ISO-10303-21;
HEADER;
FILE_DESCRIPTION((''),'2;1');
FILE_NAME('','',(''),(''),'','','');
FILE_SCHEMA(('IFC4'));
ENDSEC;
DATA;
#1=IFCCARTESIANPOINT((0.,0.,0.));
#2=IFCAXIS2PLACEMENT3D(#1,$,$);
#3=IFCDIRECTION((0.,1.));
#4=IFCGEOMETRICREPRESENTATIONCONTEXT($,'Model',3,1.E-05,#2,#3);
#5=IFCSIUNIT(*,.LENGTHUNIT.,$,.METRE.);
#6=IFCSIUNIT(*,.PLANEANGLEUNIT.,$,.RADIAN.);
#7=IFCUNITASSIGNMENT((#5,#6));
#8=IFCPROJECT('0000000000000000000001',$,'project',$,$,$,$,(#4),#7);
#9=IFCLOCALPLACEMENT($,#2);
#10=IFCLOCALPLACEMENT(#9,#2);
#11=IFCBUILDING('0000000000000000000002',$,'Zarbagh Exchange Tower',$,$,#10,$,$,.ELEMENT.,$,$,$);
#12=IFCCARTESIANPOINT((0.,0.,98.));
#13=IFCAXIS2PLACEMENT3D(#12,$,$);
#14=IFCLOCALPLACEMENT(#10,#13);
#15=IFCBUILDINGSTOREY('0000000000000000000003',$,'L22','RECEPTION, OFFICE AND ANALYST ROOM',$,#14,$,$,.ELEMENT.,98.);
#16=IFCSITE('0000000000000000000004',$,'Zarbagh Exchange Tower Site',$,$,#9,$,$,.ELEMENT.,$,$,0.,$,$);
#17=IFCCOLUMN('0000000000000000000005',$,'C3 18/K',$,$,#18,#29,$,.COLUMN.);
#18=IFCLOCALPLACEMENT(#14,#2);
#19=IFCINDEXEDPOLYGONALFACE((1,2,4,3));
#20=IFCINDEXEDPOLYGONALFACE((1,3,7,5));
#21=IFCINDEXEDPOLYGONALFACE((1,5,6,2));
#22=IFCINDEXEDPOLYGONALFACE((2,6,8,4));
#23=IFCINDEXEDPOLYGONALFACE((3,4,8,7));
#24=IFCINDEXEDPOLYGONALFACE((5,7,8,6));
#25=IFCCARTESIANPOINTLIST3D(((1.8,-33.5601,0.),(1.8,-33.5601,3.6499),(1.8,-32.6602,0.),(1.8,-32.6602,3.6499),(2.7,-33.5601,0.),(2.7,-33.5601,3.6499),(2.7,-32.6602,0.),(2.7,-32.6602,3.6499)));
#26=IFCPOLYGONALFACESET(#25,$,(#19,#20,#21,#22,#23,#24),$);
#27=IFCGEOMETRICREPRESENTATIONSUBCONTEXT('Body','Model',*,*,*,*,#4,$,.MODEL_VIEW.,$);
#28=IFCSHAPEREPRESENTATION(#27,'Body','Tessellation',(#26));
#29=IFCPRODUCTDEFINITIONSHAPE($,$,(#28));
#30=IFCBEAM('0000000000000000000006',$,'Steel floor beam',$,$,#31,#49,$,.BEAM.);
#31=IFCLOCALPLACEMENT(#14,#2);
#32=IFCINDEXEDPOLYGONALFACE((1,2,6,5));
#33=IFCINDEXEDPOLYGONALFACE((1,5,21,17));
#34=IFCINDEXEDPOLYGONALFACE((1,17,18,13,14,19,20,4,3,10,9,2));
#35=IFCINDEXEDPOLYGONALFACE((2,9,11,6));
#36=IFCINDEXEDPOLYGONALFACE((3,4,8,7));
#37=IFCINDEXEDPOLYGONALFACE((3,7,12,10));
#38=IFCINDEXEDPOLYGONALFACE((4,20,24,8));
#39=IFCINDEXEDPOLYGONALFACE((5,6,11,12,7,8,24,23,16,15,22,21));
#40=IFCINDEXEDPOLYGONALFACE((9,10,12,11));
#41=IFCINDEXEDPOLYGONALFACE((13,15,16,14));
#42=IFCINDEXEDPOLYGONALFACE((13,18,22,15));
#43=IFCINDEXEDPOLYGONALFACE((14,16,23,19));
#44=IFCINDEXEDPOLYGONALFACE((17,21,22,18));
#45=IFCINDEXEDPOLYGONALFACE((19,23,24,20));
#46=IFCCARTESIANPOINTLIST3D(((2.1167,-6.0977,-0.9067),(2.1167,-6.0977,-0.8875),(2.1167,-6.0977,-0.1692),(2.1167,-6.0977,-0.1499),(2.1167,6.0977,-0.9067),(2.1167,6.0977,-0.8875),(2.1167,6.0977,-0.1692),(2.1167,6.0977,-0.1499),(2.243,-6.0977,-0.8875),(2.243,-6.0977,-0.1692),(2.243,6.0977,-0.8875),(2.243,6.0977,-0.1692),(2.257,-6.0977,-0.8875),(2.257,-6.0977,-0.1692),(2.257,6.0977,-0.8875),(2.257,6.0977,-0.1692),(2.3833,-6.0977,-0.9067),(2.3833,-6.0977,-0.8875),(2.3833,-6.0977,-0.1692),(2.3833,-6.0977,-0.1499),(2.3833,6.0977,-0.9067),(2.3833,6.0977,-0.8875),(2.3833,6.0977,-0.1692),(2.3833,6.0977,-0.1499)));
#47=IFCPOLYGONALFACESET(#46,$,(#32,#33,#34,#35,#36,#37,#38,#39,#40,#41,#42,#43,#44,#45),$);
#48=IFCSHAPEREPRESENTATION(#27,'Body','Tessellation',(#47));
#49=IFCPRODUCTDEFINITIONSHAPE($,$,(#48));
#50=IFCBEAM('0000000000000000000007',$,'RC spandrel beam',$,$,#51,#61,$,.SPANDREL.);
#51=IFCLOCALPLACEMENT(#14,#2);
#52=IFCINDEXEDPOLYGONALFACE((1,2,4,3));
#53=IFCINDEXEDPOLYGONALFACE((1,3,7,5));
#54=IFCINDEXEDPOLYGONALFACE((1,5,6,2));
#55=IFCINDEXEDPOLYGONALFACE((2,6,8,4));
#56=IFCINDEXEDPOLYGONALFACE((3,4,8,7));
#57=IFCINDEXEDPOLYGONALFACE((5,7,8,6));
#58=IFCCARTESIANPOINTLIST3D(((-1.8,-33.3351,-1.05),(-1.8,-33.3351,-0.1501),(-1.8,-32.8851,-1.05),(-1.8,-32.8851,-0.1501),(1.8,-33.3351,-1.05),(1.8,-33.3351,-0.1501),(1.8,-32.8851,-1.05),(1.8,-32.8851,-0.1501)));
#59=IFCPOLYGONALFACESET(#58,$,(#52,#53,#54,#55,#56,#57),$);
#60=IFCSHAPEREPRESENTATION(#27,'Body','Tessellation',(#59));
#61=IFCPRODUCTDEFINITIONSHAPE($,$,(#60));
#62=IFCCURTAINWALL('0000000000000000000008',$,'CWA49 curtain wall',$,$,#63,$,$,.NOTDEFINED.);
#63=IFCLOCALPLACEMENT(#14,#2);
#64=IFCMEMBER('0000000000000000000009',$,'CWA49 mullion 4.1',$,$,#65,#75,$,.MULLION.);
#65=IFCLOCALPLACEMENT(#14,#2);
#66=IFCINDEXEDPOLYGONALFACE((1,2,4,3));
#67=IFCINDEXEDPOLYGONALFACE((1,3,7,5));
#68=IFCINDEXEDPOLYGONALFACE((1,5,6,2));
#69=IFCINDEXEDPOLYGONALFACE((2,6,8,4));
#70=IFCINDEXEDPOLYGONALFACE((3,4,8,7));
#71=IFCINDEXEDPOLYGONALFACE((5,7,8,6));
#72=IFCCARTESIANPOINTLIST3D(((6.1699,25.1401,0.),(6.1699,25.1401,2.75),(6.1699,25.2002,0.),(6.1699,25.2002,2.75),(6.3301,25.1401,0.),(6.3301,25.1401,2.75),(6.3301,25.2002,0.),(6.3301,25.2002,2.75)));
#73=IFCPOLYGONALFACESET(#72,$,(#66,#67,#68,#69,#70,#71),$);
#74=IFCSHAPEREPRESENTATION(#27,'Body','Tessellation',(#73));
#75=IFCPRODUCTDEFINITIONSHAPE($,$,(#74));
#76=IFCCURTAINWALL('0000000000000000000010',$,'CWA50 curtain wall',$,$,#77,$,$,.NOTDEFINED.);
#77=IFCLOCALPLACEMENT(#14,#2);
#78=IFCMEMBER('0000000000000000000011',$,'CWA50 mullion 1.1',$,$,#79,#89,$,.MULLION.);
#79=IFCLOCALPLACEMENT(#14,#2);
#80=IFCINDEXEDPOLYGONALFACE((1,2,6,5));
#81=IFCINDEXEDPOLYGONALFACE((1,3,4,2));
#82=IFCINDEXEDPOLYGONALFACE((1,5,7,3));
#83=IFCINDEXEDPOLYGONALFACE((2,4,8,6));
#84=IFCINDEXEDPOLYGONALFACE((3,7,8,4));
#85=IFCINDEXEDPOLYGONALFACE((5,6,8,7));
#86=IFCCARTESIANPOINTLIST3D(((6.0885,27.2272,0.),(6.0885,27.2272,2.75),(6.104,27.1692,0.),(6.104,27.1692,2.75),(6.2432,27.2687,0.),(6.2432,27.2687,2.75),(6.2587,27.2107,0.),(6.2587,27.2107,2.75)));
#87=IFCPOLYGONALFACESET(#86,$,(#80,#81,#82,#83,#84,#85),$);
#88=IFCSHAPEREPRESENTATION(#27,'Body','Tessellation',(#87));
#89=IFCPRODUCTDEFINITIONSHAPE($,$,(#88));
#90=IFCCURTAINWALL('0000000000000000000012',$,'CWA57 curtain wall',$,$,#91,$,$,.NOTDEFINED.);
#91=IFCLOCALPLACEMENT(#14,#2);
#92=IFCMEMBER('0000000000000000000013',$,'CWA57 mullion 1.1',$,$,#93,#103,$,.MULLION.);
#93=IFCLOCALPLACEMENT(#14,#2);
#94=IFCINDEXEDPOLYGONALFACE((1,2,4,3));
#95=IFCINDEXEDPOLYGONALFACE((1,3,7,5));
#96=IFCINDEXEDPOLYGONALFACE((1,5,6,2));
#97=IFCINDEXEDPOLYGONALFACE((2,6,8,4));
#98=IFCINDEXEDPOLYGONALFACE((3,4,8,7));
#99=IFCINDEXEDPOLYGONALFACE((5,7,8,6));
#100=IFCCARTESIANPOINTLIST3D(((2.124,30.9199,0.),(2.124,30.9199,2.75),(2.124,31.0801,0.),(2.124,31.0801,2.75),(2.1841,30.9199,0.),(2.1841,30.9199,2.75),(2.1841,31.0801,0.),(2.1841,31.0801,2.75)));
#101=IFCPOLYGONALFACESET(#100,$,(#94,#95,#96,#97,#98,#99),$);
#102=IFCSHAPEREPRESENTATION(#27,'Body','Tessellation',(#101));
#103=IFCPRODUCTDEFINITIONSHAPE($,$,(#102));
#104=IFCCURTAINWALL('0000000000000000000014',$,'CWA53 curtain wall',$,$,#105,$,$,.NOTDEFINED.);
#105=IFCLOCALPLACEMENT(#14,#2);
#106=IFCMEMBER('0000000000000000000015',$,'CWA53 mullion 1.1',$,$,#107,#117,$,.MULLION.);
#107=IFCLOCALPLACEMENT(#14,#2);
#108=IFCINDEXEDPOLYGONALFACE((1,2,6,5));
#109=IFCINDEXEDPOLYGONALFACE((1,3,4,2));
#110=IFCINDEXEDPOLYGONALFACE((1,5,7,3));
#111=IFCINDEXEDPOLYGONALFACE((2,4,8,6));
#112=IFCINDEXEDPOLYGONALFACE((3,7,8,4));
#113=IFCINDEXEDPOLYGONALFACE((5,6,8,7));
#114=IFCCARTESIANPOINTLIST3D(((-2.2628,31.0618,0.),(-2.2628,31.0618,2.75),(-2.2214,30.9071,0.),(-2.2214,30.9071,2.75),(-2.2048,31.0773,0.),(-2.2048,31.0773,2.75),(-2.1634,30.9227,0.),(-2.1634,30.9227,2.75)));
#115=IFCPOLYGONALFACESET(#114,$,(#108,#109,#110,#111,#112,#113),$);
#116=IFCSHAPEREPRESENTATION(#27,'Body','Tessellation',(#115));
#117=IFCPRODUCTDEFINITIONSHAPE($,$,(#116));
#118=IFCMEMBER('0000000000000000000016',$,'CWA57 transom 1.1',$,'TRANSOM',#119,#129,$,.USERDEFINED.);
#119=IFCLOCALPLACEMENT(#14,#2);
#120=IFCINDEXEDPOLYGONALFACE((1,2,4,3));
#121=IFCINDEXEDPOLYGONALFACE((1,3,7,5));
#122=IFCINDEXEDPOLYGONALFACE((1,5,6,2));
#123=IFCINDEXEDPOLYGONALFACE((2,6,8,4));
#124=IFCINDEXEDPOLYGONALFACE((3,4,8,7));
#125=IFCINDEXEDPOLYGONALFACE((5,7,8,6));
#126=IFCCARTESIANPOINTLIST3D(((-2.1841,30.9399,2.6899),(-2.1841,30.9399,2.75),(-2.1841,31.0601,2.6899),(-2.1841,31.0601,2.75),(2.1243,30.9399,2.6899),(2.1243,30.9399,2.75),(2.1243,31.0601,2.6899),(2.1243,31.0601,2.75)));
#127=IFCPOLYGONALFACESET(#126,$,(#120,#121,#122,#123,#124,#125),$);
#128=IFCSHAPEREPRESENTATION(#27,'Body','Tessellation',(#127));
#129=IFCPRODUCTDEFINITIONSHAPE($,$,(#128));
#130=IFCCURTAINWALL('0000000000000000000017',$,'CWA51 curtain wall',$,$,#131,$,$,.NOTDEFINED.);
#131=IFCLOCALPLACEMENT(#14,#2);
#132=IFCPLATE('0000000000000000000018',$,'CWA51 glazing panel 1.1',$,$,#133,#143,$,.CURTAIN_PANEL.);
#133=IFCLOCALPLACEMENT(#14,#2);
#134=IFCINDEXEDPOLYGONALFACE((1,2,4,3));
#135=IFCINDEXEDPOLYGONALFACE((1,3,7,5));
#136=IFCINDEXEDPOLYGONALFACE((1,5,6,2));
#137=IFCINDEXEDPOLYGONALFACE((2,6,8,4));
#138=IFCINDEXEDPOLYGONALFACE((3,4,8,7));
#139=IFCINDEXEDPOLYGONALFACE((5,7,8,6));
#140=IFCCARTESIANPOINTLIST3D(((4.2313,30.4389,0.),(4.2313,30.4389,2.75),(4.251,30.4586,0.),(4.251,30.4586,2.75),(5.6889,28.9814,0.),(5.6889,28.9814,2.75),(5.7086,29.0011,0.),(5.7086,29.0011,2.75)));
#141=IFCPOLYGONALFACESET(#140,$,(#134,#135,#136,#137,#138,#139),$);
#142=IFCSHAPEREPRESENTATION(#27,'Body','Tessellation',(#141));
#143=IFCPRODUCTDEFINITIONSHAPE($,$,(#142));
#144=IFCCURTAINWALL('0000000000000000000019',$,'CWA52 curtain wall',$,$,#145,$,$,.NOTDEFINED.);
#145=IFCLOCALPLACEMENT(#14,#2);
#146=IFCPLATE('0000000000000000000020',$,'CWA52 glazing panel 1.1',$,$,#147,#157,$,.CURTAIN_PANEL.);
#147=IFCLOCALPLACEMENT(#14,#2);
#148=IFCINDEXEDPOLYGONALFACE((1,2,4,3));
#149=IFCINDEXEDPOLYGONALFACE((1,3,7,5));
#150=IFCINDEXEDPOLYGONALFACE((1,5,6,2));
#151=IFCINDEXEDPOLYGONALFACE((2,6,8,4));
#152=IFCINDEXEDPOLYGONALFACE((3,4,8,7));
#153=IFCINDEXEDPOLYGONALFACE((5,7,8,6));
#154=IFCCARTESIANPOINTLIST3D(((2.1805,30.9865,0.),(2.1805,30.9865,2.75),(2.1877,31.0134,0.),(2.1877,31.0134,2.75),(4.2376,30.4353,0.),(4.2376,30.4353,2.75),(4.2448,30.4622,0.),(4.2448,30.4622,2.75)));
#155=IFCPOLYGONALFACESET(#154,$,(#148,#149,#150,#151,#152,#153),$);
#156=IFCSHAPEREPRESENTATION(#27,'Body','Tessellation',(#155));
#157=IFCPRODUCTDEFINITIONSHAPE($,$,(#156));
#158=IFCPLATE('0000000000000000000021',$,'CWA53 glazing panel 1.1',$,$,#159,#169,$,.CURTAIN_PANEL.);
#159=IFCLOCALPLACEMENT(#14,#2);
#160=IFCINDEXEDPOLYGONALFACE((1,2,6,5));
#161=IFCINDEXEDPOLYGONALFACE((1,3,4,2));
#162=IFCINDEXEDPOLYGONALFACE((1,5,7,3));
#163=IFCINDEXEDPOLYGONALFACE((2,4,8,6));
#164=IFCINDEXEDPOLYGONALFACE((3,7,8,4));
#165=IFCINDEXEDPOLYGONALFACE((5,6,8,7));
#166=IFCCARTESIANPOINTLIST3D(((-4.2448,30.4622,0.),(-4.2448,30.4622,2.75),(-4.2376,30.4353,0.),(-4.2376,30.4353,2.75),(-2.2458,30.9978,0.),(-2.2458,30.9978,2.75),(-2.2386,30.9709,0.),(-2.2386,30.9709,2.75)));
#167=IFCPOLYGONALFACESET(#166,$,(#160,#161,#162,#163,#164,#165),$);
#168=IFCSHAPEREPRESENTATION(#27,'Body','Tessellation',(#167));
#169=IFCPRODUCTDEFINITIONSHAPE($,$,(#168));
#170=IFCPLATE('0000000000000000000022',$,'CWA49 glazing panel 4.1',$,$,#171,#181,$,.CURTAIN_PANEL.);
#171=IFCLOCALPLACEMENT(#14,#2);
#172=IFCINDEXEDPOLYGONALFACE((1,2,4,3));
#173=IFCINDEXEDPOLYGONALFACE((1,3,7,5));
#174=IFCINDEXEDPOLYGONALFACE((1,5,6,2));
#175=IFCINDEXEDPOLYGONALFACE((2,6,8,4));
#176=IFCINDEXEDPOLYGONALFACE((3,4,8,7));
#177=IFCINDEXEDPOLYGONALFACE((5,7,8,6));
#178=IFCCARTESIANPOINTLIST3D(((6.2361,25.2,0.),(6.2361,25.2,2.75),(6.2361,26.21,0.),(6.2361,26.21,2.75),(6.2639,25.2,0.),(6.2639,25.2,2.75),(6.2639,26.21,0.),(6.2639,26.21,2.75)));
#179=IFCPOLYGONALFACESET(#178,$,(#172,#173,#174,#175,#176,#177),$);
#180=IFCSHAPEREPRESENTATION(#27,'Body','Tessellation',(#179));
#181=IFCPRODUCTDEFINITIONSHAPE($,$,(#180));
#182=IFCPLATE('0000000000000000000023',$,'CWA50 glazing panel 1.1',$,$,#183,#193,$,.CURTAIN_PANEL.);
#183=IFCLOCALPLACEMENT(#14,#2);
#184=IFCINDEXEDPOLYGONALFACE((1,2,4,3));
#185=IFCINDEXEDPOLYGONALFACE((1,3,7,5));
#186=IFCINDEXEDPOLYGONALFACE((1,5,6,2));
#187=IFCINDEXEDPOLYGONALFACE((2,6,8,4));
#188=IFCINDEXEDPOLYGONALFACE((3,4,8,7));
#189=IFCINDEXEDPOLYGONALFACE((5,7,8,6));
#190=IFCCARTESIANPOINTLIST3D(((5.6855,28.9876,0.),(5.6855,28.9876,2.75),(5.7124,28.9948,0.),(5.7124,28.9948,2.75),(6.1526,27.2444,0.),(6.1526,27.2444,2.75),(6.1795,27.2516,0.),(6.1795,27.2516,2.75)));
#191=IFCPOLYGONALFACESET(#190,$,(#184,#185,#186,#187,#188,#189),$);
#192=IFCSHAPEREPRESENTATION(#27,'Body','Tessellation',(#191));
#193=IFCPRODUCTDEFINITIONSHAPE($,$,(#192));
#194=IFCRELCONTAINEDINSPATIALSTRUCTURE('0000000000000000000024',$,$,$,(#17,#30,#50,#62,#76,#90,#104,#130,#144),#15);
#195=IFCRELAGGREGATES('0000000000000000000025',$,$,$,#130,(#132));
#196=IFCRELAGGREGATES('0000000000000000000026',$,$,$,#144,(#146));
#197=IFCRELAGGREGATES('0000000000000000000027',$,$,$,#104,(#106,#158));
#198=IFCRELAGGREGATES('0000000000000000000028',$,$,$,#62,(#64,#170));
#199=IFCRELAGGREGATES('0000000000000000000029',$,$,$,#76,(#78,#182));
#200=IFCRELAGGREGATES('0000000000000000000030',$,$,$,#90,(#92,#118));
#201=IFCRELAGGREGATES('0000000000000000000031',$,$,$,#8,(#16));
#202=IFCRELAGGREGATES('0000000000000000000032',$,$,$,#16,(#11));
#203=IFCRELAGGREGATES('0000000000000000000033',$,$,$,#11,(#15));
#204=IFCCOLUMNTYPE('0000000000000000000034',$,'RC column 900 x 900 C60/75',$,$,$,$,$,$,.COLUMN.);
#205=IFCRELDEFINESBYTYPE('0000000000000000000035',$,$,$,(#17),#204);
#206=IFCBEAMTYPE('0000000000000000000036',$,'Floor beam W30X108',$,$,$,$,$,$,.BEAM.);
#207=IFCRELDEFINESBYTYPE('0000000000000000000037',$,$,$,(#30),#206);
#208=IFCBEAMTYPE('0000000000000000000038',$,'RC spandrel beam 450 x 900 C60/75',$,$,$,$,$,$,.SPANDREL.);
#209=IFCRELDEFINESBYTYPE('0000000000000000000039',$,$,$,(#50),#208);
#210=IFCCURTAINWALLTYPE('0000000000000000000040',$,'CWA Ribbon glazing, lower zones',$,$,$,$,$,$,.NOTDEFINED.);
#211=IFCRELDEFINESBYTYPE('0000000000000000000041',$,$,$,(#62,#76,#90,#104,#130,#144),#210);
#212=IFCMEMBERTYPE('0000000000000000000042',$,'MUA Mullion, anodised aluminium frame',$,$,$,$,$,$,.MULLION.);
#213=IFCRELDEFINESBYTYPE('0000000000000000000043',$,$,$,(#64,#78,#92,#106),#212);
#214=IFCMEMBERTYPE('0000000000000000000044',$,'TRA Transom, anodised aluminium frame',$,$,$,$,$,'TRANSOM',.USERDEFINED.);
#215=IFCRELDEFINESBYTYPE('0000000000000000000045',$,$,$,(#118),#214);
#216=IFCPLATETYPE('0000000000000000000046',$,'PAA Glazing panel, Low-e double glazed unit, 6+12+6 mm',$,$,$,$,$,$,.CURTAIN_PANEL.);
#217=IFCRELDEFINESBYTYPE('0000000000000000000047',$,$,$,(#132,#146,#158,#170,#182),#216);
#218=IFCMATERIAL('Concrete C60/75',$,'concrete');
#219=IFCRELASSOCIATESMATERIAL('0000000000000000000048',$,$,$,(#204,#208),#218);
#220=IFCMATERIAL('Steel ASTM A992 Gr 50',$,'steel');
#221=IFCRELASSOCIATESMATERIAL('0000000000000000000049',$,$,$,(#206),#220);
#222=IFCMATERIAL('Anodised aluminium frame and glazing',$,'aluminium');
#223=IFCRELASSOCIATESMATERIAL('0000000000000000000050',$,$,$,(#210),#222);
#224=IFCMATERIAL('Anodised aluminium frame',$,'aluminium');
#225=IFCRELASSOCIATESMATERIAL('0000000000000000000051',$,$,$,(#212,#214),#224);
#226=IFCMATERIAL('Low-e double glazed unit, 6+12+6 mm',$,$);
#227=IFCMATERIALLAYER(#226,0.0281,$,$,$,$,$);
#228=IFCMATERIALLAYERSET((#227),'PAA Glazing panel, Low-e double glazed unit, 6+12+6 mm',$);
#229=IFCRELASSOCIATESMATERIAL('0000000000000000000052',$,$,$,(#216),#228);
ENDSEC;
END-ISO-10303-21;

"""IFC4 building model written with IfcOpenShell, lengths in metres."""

from ifc_helpers import new_model, si_unit, direction, frame, origin, origin_2d, place, context, subcontext, project, spatial, polyline, rectangle, i_section, outline, extrude, source, transform, mapped, material, layer, layer_set, material_profile, profile_set, type_object, element, aggregate, save


model = new_model("IFC4")

# Units and contexts
model_context = context("Model", 3, precision=1e-05, world=origin(), true_north=direction((0.0, 1.0)))
body_context = subcontext(model_context, "Body", "Model", "MODEL_VIEW")
ifc_project = project(units=[si_unit("LENGTHUNIT", "METRE"), si_unit("PLANEANGLEUNIT", "RADIAN")], contexts=[model_context])

# Site, building, storey
site_placement = place(None, origin())
site = spatial("IfcSite", under=ifc_project, at=site_placement, Name="Zarbagh Exchange Tower Site", CompositionType="ELEMENT", RefElevation=0.0)
building_placement = place(site_placement, origin())
building = spatial("IfcBuilding", under=site, at=building_placement, Name="Zarbagh Exchange Tower", CompositionType="ELEMENT")
storey_placement = place(building_placement, frame((0.0, 0.0, 98.0)))
storey = spatial("IfcBuildingStorey", under=building, at=storey_placement, Name="L22", Description="RECEPTION, OFFICE AND ANALYST ROOM", CompositionType="ELEMENT", Elevation=98.0)

# Column
ifc_material_1 = material(Name="Concrete C60/75", Category="concrete")
ifc_material_profile_1 = material_profile(ifc_material_1, rectangle(XDim=0.8999, YDim=0.8999, at=origin_2d()), Name="RC column 900 x 900 C60/75")
ifc_profile_set_1 = profile_set([ifc_material_profile_1], Name="Concrete C60/75")
column_type = type_object("IfcColumnType", Name="RC column 900 x 900 C60/75", PredefinedType="COLUMN", material=ifc_profile_set_1)
column_placement = place(storey_placement, frame((2.25, -33.1101, 0.0), z_axis=(0.0, 0.0, 1.0), x_axis=(1.0, 0.0, 0.0)))
element("IfcColumn", 1, at=column_placement, inside=storey, type_object=column_type, Name="C3 18/K", PredefinedType="COLUMN", context=body_context, shape_type="SweptSolid", body=[
    extrude(rectangle(XDim=0.8999, YDim=0.8999, at=origin_2d()), origin(), (0.0, 0.0, 1.0), 3.6499),
])

# Beams
ifc_material_2 = material(Name="Steel ASTM A992 Gr 50", Category="steel")
ifc_material_profile_2 = material_profile(ifc_material_2, i_section(OverallWidth=0.2666, OverallDepth=0.7568, WebThickness=0.0139, FlangeThickness=0.0193, at=origin_2d()), Name="W30X108")
ifc_profile_set_2 = profile_set([ifc_material_profile_2], Name="Steel ASTM A992 Gr 50")
beam_type_1 = type_object("IfcBeamType", Name="Floor beam W30X108", PredefinedType="BEAM", material=ifc_profile_set_2)
beam_1_placement = place(storey_placement, frame((2.25, -6.0977, -0.5283), z_axis=(0.0, 1.0, 0.0), x_axis=(-1.0, 0.0, 0.0)))
element("IfcBeam", 2, at=beam_1_placement, inside=storey, type_object=beam_type_1, Name="Steel floor beam", PredefinedType="BEAM", context=body_context, shape_type="SweptSolid", body=[
    extrude(i_section(OverallWidth=0.2666, OverallDepth=0.7568, WebThickness=0.0139, FlangeThickness=0.0193, at=origin_2d()), origin(), (0.0, 0.0, 1.0), 12.1953),
])
ifc_material_profile_3 = material_profile(ifc_material_1, rectangle(XDim=0.45, YDim=0.8999, at=origin_2d()), Name="RC spandrel beam 450 x 900 C60/75")
ifc_profile_set_3 = profile_set([ifc_material_profile_3], Name="Concrete C60/75")
beam_type_2 = type_object("IfcBeamType", Name="RC spandrel beam 450 x 900 C60/75", PredefinedType="SPANDREL", material=ifc_profile_set_3)
beam_2_placement = place(storey_placement, frame((1.8, -33.1101, -0.6001), z_axis=(-1.0, 0.0, 0.0), x_axis=(0.0, -1.0, 0.0)))
element("IfcBeam", 3, at=beam_2_placement, inside=storey, type_object=beam_type_2, Name="RC spandrel beam", PredefinedType="SPANDREL", context=body_context, shape_type="SweptSolid", body=[
    extrude(rectangle(XDim=0.45, YDim=0.8999, at=origin_2d()), origin(), (0.0, 0.0, 1.0), 3.6001),
])

# Curtain walls, members
ifc_material_3 = material(Name="Anodised aluminium frame and glazing", Category="aluminium")
curtain_wall_type = type_object("IfcCurtainWallType", Name="CWA Ribbon glazing, lower zones", PredefinedType="NOTDEFINED", material=ifc_material_3)
curtain_wall_1_placement = place(storey_placement, origin())
curtain_wall_1 = element("IfcCurtainWall", 4, at=curtain_wall_1_placement, inside=storey, type_object=curtain_wall_type, Name="CWA49 curtain wall", PredefinedType="NOTDEFINED")
ifc_material_4 = material(Name="Anodised aluminium frame", Category="aluminium")
member_type_1 = type_object("IfcMemberType", Name="MUA Mullion, anodised aluminium frame", PredefinedType="MULLION", material=ifc_material_4)
shared_shape_1 = source(origin(), body_context, "Body", "SweptSolid", [
    extrude(outline(polyline([(0.0, -0.0801), (0.0601, -0.0801), (0.0601, 0.0801), (0.0, 0.0801), (0.0, -0.0801)])), origin(), (0.0, 0.0, 1.0), 2.75),
])
placement = place(storey_placement, origin())
member_1 = element("IfcMember", 5, at=placement, type_object=member_type_1, Name="CWA49 mullion 4.1", PredefinedType="MULLION", context=body_context, shape_type="MappedRepresentation", body=[
    mapped(shared_shape_1, transform((6.25, 25.1401, 0.0), x_axis=(0.0, 1.0, 0.0), y_axis=(-1.0, 0.0, 0.0), z_axis=(0.0, 0.0, 1.0))),
])
curtain_wall_2_placement = place(storey_placement, origin())
curtain_wall_2 = element("IfcCurtainWall", 6, at=curtain_wall_2_placement, inside=storey, type_object=curtain_wall_type, Name="CWA50 curtain wall", PredefinedType="NOTDEFINED")
member_2 = element("IfcMember", 7, at=placement, type_object=member_type_1, Name="CWA50 mullion 1.1", PredefinedType="MULLION", context=body_context, shape_type="MappedRepresentation", body=[
    mapped(shared_shape_1, transform((6.1814, 27.1899, 0.0), x_axis=(-0.258825, 0.965924, 0.0), y_axis=(-0.965924, -0.258825, 0.0), z_axis=(0.0, 0.0, 1.0))),
])
curtain_wall_3_placement = place(storey_placement, origin())
curtain_wall_3 = element("IfcCurtainWall", 8, at=curtain_wall_3_placement, inside=storey, type_object=curtain_wall_type, Name="CWA57 curtain wall", PredefinedType="NOTDEFINED")
member_3 = element("IfcMember", 9, at=placement, type_object=member_type_1, Name="CWA57 mullion 1.1", PredefinedType="MULLION", context=body_context, shape_type="MappedRepresentation", body=[
    mapped(shared_shape_1, transform((2.1841, 31.0, 0.0), x_axis=(-1.0, 0.0, 0.0), y_axis=(0.0, -1.0, 0.0), z_axis=(0.0, 0.0, 1.0))),
])
curtain_wall_4_placement = place(storey_placement, origin())
curtain_wall_4 = element("IfcCurtainWall", 10, at=curtain_wall_4_placement, inside=storey, type_object=curtain_wall_type, Name="CWA53 curtain wall", PredefinedType="NOTDEFINED")
member_4 = element("IfcMember", 11, at=placement, type_object=member_type_1, Name="CWA53 mullion 1.1", PredefinedType="MULLION", context=body_context, shape_type="MappedRepresentation", body=[
    mapped(shared_shape_1, transform((-2.1841, 31.0, 0.0), x_axis=(-0.965924, -0.258825, 0.0), y_axis=(0.258825, -0.965924, 0.0), z_axis=(0.0, 0.0, 1.0))),
])

# Member
member_type_2 = type_object("IfcMemberType", Name="TRA Transom, anodised aluminium frame", ElementType="TRANSOM", PredefinedType="USERDEFINED", material=ifc_material_4)
shared_shape_2 = source(origin(), body_context, "Body", "SweptSolid", [
    extrude(outline(polyline([(-0.0601, -0.0601), (0.0, -0.0601), (0.0, 0.0601), (-0.0601, 0.0601), (-0.0601, -0.0601)])), origin(), (0.0, 0.0, 1.0), 4.3083),
])
member_5 = element("IfcMember", 12, at=placement, type_object=member_type_2, Name="CWA57 transom 1.1", ObjectType="TRANSOM", PredefinedType="USERDEFINED", context=body_context, shape_type="MappedRepresentation", body=[
    mapped(shared_shape_2, transform((2.1243, 31.0, 2.75), x_axis=(0.0, 0.0, 1.0), y_axis=(0.0, 1.0, 0.0), z_axis=(-1.0, 0.0, 0.0))),
])

# Curtain walls, plates
curtain_wall_5_placement = place(storey_placement, origin())
curtain_wall_5 = element("IfcCurtainWall", 13, at=curtain_wall_5_placement, inside=storey, type_object=curtain_wall_type, Name="CWA51 curtain wall", PredefinedType="NOTDEFINED")
ifc_material_5 = material(Name="Low-e double glazed unit, 6+12+6 mm")
ifc_layer_1 = layer(ifc_material_5, 0.0281)
ifc_layer_set_1 = layer_set([ifc_layer_1], Name="PAA Glazing panel, Low-e double glazed unit, 6+12+6 mm")
plate_type = type_object("IfcPlateType", Name="PAA Glazing panel, Low-e double glazed unit, 6+12+6 mm", PredefinedType="CURTAIN_PANEL", material=ifc_layer_set_1)
shared_shape_3 = source(origin(), body_context, "Body", "SweptSolid", [
    extrude(outline(polyline([(0.0, -0.0139), (2.0613, -0.0139), (2.0613, 0.0139), (0.0, 0.0139), (0.0, -0.0139)])), origin(), (0.0, 0.0, 1.0), 2.75),
])
plate_1 = element("IfcPlate", 14, at=placement, type_object=plate_type, Name="CWA51 glazing panel 1.1", PredefinedType="CURTAIN_PANEL", context=body_context, shape_type="MappedRepresentation", body=[
    mapped(shared_shape_3, transform((5.6987, 28.9912, 0.0), x_axis=(-0.707107, 0.707107, 0.0), y_axis=(-0.707107, -0.707107, 0.0), z_axis=(0.0, 0.0, 1.0))),
])
aggregate(curtain_wall_5, [plate_1])
curtain_wall_6_placement = place(storey_placement, origin())
curtain_wall_6 = element("IfcCurtainWall", 15, at=curtain_wall_6_placement, inside=storey, type_object=curtain_wall_type, Name="CWA52 curtain wall", PredefinedType="NOTDEFINED")
shared_shape_4 = source(origin(), body_context, "Body", "SweptSolid", [
    extrude(outline(polyline([(0.0, -0.0139), (2.1296, -0.0139), (2.1296, 0.0139), (0.0, 0.0139), (0.0, -0.0139)])), origin(), (0.0, 0.0, 1.0), 2.75),
])
plate_2 = element("IfcPlate", 16, at=placement, type_object=plate_type, Name="CWA52 glazing panel 1.1", PredefinedType="CURTAIN_PANEL", context=body_context, shape_type="MappedRepresentation", body=[
    mapped(shared_shape_4, transform((4.2412, 30.4487, 0.0), x_axis=(-0.965924, 0.258825, 0.0), y_axis=(-0.258825, -0.965924, 0.0), z_axis=(0.0, 0.0, 1.0))),
])
aggregate(curtain_wall_6, [plate_2])

# Plates
shared_shape_5 = source(origin(), body_context, "Body", "SweptSolid", [
    extrude(outline(polyline([(0.0, -0.0139), (2.0696, -0.0139), (2.0696, 0.0139), (0.0, 0.0139), (0.0, -0.0139)])), origin(), (0.0, 0.0, 1.0), 2.75),
])
plate_3 = element("IfcPlate", 17, at=placement, type_object=plate_type, Name="CWA53 glazing panel 1.1", PredefinedType="CURTAIN_PANEL", context=body_context, shape_type="MappedRepresentation", body=[
    mapped(shared_shape_5, transform((-2.2422, 30.9844, 0.0), x_axis=(-0.965924, -0.258825, 0.0), y_axis=(0.258825, -0.965924, 0.0), z_axis=(0.0, 0.0, 1.0))),
])
aggregate(curtain_wall_4, [member_4, plate_3])
shared_shape_6 = source(origin(), body_context, "Body", "SweptSolid", [
    extrude(outline(polyline([(0.0, -0.0139), (1.01, -0.0139), (1.01, 0.0139), (0.0, 0.0139), (0.0, -0.0139)])), origin(), (0.0, 0.0, 1.0), 2.75),
])
plate_4 = element("IfcPlate", 18, at=placement, type_object=plate_type, Name="CWA49 glazing panel 4.1", PredefinedType="CURTAIN_PANEL", context=body_context, shape_type="MappedRepresentation", body=[
    mapped(shared_shape_6, transform((6.25, 25.2, 0.0), x_axis=(0.0, 1.0, 0.0), y_axis=(-1.0, 0.0, 0.0), z_axis=(0.0, 0.0, 1.0))),
])
aggregate(curtain_wall_1, [member_1, plate_4])
shared_shape_7 = source(origin(), body_context, "Body", "SweptSolid", [
    extrude(outline(polyline([(0.0, -0.0139), (1.8047, -0.0139), (1.8047, 0.0139), (0.0, 0.0139), (0.0, -0.0139)])), origin(), (0.0, 0.0, 1.0), 2.75),
])
plate_5 = element("IfcPlate", 19, at=placement, type_object=plate_type, Name="CWA50 glazing panel 1.1", PredefinedType="CURTAIN_PANEL", context=body_context, shape_type="MappedRepresentation", body=[
    mapped(shared_shape_7, transform((6.166, 27.248, 0.0), x_axis=(-0.258825, 0.965924, 0.0), y_axis=(-0.965924, -0.258825, 0.0), z_axis=(0.0, 0.0, 1.0))),
])
aggregate(curtain_wall_2, [member_2, plate_5])
aggregate(curtain_wall_3, [member_3, member_5])

save(model, "model.ifc")
